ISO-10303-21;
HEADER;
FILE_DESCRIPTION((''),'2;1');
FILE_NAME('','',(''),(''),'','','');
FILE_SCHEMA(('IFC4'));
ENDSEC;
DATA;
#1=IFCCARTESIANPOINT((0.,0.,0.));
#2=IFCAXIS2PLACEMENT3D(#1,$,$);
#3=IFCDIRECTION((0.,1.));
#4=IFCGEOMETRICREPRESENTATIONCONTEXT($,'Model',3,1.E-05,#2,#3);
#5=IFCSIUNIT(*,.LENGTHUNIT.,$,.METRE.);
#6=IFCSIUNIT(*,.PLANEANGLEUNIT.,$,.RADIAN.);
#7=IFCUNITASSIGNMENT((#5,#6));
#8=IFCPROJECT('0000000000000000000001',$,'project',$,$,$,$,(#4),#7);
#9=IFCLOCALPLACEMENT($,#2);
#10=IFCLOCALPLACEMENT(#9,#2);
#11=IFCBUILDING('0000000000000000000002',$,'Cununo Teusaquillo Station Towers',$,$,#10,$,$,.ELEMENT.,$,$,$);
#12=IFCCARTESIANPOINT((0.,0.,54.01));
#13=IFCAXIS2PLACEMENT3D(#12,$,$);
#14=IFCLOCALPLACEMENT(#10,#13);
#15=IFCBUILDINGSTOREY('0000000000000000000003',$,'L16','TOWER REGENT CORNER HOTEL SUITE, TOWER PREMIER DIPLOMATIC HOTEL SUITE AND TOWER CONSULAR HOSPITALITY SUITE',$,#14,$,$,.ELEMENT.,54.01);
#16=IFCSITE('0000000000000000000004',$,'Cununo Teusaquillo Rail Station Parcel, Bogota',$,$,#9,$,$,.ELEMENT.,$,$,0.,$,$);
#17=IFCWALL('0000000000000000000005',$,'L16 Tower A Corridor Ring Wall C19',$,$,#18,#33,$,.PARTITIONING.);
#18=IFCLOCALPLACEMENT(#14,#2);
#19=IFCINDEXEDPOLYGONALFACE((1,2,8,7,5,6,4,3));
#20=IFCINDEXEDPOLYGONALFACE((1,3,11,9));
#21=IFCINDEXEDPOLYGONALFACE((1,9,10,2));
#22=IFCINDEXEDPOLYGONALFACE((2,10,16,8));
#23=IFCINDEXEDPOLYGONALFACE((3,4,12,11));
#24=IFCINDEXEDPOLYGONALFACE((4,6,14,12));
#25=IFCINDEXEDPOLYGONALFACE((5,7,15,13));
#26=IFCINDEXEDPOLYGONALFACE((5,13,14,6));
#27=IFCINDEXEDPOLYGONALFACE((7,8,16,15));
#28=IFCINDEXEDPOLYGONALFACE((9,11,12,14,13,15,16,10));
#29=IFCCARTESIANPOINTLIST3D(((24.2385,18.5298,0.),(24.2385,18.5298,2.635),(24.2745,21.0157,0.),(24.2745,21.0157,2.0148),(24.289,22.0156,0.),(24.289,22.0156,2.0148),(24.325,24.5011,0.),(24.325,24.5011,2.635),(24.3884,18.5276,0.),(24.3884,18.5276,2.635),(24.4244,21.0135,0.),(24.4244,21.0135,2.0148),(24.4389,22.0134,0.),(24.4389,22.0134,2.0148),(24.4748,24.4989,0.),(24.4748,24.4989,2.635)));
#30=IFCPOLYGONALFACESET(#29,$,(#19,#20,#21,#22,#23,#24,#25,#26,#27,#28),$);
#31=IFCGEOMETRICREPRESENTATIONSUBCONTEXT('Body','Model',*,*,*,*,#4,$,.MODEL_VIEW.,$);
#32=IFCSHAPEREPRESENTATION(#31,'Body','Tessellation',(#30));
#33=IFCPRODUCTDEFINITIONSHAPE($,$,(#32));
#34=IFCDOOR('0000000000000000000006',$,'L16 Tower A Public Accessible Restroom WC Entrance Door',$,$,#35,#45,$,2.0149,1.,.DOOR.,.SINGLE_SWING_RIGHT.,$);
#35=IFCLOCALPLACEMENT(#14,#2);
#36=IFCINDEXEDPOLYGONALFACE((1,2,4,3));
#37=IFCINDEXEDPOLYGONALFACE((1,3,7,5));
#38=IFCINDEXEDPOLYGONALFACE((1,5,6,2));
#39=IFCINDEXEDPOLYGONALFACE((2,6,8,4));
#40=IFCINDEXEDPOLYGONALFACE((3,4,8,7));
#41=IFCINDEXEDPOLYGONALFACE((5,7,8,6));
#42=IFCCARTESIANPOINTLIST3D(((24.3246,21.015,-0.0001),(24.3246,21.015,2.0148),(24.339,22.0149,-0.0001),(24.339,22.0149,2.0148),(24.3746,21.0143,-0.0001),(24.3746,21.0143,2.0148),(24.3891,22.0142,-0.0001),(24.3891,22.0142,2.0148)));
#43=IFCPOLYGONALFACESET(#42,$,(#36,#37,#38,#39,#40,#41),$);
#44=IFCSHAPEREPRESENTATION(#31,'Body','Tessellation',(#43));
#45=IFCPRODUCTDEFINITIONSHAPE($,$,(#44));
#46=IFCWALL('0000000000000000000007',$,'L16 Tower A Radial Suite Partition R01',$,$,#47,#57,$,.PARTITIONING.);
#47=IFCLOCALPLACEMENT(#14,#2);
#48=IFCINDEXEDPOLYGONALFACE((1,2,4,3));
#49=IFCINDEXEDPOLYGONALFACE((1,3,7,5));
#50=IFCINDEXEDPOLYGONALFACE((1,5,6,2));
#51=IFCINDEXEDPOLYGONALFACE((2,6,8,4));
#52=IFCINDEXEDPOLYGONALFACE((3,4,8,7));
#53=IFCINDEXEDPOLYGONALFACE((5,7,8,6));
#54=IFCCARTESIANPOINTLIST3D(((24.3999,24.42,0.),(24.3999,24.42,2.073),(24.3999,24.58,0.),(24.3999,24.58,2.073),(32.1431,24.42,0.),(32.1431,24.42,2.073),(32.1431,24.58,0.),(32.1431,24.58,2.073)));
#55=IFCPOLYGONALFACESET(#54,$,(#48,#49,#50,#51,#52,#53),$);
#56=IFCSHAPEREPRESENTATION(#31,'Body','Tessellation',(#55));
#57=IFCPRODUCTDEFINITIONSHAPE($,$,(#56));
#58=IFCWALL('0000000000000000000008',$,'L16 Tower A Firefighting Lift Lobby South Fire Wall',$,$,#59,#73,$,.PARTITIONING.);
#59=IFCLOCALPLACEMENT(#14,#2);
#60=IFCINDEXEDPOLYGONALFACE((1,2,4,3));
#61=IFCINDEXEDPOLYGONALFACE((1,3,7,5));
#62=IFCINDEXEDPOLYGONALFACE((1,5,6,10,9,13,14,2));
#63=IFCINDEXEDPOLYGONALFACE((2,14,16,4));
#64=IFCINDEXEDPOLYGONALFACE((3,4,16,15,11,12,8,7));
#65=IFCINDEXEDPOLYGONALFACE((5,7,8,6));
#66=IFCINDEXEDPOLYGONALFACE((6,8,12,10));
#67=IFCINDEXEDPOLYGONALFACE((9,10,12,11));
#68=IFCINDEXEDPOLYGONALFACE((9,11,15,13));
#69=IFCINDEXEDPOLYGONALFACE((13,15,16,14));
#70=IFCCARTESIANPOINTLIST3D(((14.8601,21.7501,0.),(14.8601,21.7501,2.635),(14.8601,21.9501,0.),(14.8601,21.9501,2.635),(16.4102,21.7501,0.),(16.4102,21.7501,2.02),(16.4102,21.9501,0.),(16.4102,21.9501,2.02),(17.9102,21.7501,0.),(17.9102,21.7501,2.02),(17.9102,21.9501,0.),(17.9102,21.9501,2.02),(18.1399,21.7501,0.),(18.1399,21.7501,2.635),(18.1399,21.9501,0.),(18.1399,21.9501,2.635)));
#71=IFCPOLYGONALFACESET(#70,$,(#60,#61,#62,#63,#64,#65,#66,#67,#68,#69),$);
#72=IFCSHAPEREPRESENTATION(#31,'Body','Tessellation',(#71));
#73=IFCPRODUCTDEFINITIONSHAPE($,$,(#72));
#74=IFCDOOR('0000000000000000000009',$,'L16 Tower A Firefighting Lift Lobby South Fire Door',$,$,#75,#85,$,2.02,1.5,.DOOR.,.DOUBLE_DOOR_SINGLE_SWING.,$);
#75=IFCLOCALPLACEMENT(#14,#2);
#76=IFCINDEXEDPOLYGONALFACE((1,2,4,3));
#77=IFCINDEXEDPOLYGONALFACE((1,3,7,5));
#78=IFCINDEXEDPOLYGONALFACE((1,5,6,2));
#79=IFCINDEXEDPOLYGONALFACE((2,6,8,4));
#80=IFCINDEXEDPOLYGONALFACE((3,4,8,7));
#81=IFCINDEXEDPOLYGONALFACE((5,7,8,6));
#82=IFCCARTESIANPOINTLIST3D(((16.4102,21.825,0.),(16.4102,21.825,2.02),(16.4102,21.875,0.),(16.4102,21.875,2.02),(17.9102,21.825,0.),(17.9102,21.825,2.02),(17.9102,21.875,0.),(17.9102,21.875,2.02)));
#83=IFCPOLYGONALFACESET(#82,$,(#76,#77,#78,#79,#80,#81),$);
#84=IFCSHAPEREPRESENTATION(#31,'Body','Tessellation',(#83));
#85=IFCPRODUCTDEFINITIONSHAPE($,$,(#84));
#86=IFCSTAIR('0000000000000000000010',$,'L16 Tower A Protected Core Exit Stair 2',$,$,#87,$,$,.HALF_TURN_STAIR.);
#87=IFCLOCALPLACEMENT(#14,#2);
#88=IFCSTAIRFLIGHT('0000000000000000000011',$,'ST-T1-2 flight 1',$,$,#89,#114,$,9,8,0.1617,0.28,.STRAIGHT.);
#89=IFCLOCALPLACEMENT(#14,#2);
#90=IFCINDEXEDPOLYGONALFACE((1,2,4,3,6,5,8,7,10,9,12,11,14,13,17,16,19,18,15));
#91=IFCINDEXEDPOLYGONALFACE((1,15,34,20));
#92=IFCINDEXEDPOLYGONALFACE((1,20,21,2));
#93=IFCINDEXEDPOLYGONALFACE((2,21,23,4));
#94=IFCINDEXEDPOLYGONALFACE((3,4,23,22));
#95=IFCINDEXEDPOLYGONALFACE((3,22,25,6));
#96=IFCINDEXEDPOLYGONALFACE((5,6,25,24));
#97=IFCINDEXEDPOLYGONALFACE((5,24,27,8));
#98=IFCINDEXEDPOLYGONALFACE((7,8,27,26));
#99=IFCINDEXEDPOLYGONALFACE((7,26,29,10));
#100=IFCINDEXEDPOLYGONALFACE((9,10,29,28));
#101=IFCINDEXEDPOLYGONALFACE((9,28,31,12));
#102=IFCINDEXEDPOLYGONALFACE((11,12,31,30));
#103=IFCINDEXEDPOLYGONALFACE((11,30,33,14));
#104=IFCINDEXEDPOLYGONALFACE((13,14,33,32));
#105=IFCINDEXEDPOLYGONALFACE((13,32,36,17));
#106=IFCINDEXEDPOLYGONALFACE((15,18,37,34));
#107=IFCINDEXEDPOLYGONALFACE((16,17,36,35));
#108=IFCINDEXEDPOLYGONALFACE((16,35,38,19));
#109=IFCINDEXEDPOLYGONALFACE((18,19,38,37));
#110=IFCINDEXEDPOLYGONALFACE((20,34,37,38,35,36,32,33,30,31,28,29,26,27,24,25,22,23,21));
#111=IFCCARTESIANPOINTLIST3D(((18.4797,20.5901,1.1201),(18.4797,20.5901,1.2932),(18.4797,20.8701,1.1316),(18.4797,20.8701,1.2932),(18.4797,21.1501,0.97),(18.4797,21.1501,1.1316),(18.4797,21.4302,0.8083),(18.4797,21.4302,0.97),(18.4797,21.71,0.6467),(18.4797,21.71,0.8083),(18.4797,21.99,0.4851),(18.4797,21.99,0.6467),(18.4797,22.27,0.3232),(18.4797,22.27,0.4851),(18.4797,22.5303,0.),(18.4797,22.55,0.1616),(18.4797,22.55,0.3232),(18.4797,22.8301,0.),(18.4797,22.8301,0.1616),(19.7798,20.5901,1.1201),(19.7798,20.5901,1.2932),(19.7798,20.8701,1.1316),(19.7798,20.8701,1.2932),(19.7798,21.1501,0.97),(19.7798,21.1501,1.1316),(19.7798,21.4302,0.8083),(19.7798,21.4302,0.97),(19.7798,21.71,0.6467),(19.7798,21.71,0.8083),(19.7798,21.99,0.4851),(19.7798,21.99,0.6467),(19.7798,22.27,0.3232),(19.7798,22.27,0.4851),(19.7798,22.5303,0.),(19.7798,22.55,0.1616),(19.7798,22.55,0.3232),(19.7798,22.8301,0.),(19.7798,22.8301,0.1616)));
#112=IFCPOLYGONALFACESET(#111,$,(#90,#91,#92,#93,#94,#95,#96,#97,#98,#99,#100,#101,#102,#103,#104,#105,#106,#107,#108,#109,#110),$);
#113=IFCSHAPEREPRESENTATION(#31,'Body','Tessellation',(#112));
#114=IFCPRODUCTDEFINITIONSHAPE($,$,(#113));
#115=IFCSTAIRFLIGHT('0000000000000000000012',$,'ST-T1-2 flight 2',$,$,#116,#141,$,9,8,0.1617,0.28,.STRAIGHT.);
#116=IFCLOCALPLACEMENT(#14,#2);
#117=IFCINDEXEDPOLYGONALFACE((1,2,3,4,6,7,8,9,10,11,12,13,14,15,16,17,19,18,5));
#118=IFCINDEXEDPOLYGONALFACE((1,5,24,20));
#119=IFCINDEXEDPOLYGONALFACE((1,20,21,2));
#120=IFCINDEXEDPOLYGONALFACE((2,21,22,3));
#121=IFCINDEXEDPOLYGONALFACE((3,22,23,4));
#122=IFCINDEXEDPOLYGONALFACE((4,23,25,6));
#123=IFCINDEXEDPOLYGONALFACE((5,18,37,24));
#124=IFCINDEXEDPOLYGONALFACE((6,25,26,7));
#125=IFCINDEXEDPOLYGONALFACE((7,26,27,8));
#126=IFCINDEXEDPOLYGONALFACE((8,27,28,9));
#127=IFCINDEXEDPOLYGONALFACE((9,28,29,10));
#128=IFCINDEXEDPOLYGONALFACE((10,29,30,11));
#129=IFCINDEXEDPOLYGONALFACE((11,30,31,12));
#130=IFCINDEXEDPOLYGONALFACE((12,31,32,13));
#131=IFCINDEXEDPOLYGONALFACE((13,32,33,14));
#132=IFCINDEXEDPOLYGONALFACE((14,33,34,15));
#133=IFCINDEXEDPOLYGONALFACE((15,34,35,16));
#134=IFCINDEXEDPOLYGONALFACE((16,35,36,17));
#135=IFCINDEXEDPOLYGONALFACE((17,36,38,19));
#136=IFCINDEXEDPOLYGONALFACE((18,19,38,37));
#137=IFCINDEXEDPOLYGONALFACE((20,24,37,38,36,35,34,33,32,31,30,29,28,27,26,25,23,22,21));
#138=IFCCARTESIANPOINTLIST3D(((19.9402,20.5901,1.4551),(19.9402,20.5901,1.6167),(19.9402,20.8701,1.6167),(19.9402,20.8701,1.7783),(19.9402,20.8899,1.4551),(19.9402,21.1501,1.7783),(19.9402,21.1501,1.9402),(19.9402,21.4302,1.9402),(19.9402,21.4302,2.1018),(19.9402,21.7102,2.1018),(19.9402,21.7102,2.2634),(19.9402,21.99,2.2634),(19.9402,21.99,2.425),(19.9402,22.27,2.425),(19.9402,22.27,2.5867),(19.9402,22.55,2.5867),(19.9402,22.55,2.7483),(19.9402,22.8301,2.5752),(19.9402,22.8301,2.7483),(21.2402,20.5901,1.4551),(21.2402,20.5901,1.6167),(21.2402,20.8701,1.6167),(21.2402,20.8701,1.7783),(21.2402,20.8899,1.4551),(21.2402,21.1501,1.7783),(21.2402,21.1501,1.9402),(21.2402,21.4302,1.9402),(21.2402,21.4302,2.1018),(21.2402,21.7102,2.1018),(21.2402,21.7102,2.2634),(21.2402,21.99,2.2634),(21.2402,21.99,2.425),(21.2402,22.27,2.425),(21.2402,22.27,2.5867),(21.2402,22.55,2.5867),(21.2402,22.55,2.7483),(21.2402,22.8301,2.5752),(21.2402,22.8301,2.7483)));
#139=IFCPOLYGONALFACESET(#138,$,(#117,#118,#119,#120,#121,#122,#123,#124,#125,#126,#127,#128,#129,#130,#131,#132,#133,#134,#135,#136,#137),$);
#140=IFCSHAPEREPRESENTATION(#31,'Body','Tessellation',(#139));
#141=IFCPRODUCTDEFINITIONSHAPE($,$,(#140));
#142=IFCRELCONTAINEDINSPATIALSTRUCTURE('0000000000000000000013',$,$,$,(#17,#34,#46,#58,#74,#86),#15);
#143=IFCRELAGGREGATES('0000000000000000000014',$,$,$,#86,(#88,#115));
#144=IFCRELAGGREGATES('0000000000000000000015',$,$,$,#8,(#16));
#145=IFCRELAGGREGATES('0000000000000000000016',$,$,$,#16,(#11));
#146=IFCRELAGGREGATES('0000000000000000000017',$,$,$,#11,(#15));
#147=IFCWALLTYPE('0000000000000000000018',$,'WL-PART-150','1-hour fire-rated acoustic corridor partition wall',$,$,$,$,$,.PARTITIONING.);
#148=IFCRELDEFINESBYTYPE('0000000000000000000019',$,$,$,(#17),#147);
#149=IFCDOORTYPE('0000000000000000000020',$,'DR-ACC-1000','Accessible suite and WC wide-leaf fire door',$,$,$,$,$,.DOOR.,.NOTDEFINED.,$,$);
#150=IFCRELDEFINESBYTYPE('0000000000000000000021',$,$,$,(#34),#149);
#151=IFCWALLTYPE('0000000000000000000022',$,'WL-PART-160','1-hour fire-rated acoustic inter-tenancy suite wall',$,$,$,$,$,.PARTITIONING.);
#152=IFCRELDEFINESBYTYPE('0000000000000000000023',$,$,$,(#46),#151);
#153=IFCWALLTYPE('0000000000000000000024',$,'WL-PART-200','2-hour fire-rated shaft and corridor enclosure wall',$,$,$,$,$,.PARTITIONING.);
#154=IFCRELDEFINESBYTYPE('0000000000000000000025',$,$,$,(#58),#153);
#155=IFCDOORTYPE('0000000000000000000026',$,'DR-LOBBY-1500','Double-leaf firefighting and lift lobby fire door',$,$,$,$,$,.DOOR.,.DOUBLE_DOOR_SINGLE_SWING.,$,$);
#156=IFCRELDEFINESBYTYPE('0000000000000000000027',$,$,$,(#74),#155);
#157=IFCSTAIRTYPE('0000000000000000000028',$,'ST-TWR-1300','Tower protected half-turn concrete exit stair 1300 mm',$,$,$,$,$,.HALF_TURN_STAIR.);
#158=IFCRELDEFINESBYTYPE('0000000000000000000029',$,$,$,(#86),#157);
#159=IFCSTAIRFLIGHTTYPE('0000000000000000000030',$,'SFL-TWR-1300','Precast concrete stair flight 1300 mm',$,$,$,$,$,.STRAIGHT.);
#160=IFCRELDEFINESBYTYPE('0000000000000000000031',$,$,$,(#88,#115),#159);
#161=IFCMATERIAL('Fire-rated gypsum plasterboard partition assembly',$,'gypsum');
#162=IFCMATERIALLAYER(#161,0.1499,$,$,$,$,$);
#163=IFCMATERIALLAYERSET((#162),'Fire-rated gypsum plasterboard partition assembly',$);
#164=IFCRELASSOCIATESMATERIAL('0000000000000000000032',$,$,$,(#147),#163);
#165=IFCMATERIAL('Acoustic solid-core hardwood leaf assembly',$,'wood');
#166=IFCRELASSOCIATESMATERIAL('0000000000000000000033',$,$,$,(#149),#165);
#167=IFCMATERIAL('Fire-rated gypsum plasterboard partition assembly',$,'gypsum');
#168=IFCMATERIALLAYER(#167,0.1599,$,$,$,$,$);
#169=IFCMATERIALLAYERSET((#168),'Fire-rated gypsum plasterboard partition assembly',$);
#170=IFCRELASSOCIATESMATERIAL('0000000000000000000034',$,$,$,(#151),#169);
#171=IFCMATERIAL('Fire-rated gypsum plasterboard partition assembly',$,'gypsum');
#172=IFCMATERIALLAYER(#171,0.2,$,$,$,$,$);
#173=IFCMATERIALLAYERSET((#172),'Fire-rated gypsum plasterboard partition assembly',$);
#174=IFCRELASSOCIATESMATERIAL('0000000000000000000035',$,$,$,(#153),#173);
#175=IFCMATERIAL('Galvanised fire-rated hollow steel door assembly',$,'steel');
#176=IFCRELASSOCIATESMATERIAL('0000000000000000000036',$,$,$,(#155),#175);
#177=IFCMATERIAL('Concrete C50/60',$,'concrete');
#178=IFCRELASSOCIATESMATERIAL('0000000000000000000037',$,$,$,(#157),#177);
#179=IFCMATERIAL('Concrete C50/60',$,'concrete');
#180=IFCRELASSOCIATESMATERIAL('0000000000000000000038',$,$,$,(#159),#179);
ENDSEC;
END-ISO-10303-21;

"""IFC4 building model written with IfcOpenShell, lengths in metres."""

from ifc_helpers import new_model, si_unit, direction, frame, frame_2d, origin, place, context, subcontext, project, spatial, polyline, rectangle, outline, extrude, source, transform, mapped, material, layer, layer_set, type_object, element, fill, aggregate, save


model = new_model("IFC4")

# Units and contexts
model_context = context("Model", 3, precision=1e-05, world=origin(), true_north=direction((0.0, 1.0)))
body_context = subcontext(model_context, "Body", "Model", "MODEL_VIEW")
ifc_project = project(units=[si_unit("LENGTHUNIT", "METRE"), si_unit("PLANEANGLEUNIT", "RADIAN")], contexts=[model_context])

# Site, building, storey
site_placement = place(None, origin())
site = spatial("IfcSite", under=ifc_project, at=site_placement, Name="Cununo Teusaquillo Rail Station Parcel, Bogota", CompositionType="ELEMENT", RefElevation=0.0)
building_placement = place(site_placement, origin())
building = spatial("IfcBuilding", under=site, at=building_placement, Name="Cununo Teusaquillo Station Towers", CompositionType="ELEMENT")
storey_placement = place(building_placement, frame((0.0, 0.0, 54.01)))
storey = spatial("IfcBuildingStorey", under=building, at=storey_placement, Name="L16", Description="TOWER REGENT CORNER HOTEL SUITE, TOWER PREMIER DIPLOMATIC HOTEL SUITE AND TOWER CONSULAR HOSPITALITY SUITE", CompositionType="ELEMENT", Elevation=54.01)

# Wall, opening, door
ifc_material_1 = material(Name="Fire-rated gypsum plasterboard partition assembly", Category="gypsum")
ifc_layer_1 = layer(ifc_material_1, 0.1499)
ifc_layer_set_1 = layer_set([ifc_layer_1], Name="Fire-rated gypsum plasterboard partition assembly")
wall_type_1 = type_object("IfcWallType", Name="WL-PART-150", Description="1-hour fire-rated acoustic corridor partition wall", PredefinedType="PARTITIONING", material=ifc_layer_set_1)
wall_1_placement = place(storey_placement, frame((24.3135, 18.5288, 0.0), z_axis=(0.0, 0.0, 1.0), x_axis=(0.014472, 0.999895, 0.0)))
wall_1 = element("IfcWall", 1, at=wall_1_placement, inside=storey, type_object=wall_type_1, Name="L16 Tower A Corridor Ring Wall C19", PredefinedType="PARTITIONING", context=body_context, shape_type="SweptSolid", body=[
    extrude(rectangle(XDim=5.9719, YDim=0.1499, at=frame_2d((2.9858, 0.0))), origin(), (0.0, 0.0, 1.0), 2.635),
])
shared_shape_1 = source(origin(), body_context, "Body", "SweptSolid", [
    extrude(rectangle(XDim=1.0, YDim=2.0149, at=frame_2d((0.5, 1.0073))), frame((0.0, 0.085, 0.0), z_axis=(0.0, -1.0, 0.0), x_axis=(1.0, 0.0, 0.0)), (0.0, 0.0, 1.0), 0.1699),
])
opening_1_placement = place(wall_1_placement, frame((2.4861, 0.0, 0.0)))
opening_1 = element("IfcOpeningElement", 2, at=opening_1_placement, cuts=wall_1, PredefinedType="OPENING", context=body_context, shape_type="MappedRepresentation", body=[
    mapped(shared_shape_1, transform((0.0, 0.0, 0.0), x_axis=(1.0, 0.0, 0.0), y_axis=(0.0, 1.0, 0.0), z_axis=(0.0, 0.0, 1.0), scale=1.0)),
])
ifc_material_2 = material(Name="Acoustic solid-core hardwood leaf assembly", Category="wood")
door_type_1 = type_object("IfcDoorType", Name="DR-ACC-1000", Description="Accessible suite and WC wide-leaf fire door", OperationType="NOTDEFINED", PredefinedType="DOOR", material=ifc_material_2)
shared_shape_2 = source(origin(), body_context, "Body", "SweptSolid", [
    extrude(rectangle(XDim=1.0, YDim=2.0149, at=frame_2d((0.5, 1.0073))), frame((0.0, 0.0249, 0.0), z_axis=(0.0, -1.0, 0.0), x_axis=(1.0, 0.0, 0.0)), (0.0, 0.0, 1.0), 0.05),
])
door_1_placement = place(opening_1_placement, origin())
door_1 = element("IfcDoor", 3, at=door_1_placement, inside=storey, type_object=door_type_1, Name="L16 Tower A Public Accessible Restroom WC Entrance Door", OperationType="SINGLE_SWING_RIGHT", OverallHeight=2.0149, OverallWidth=1.0, PredefinedType="DOOR", context=body_context, shape_type="MappedRepresentation", body=[
    mapped(shared_shape_2, transform((0.0, 0.0, 0.0), x_axis=(1.0, 0.0, 0.0), y_axis=(0.0, 1.0, 0.0), z_axis=(0.0, 0.0, 1.0), scale=1.0)),
])
fill(opening_1, door_1)

# Wall
ifc_material_3 = material(Name="Fire-rated gypsum plasterboard partition assembly", Category="gypsum")
ifc_layer_2 = layer(ifc_material_3, 0.1599)
ifc_layer_set_2 = layer_set([ifc_layer_2], Name="Fire-rated gypsum plasterboard partition assembly")
wall_type_2 = type_object("IfcWallType", Name="WL-PART-160", Description="1-hour fire-rated acoustic inter-tenancy suite wall", PredefinedType="PARTITIONING", material=ifc_layer_set_2)
wall_2_placement = place(storey_placement, frame((24.3999, 24.5, 0.0), z_axis=(0.0, 0.0, 1.0), x_axis=(1.0, 0.0, 0.0)))
element("IfcWall", 4, at=wall_2_placement, inside=storey, type_object=wall_type_2, Name="L16 Tower A Radial Suite Partition R01", PredefinedType="PARTITIONING", context=body_context, shape_type="SweptSolid", body=[
    extrude(rectangle(XDim=7.7432, YDim=0.1599, at=frame_2d((3.8716, 0.0))), origin(), (0.0, 0.0, 1.0), 2.073),
])

# Wall, opening, door
ifc_material_4 = material(Name="Fire-rated gypsum plasterboard partition assembly", Category="gypsum")
ifc_layer_3 = layer(ifc_material_4, 0.2)
ifc_layer_set_3 = layer_set([ifc_layer_3], Name="Fire-rated gypsum plasterboard partition assembly")
wall_type_3 = type_object("IfcWallType", Name="WL-PART-200", Description="2-hour fire-rated shaft and corridor enclosure wall", PredefinedType="PARTITIONING", material=ifc_layer_set_3)
wall_3_placement = place(storey_placement, frame((14.8601, 21.8501, 0.0), z_axis=(0.0, 0.0, 1.0), x_axis=(1.0, 0.0, 0.0)))
wall_3 = element("IfcWall", 5, at=wall_3_placement, inside=storey, type_object=wall_type_3, Name="L16 Tower A Firefighting Lift Lobby South Fire Wall", PredefinedType="PARTITIONING", context=body_context, shape_type="SweptSolid", body=[
    extrude(rectangle(XDim=3.2798, YDim=0.2, at=frame_2d((1.6399, 0.0))), origin(), (0.0, 0.0, 1.0), 2.635),
])
shared_shape_3 = source(origin(), body_context, "Body", "SweptSolid", [
    extrude(rectangle(XDim=1.5, YDim=2.02, at=frame_2d((0.75, 1.01))), frame((0.0, 0.1099, 0.0), z_axis=(0.0, -1.0, 0.0), x_axis=(1.0, 0.0, 0.0)), (0.0, 0.0, 1.0), 0.22),
])
opening_2_placement = place(wall_3_placement, frame((1.55, 0.0, 0.0)))
opening_2 = element("IfcOpeningElement", 6, at=opening_2_placement, cuts=wall_3, PredefinedType="OPENING", context=body_context, shape_type="MappedRepresentation", body=[
    mapped(shared_shape_3, transform((0.0, 0.0, 0.0), x_axis=(1.0, 0.0, 0.0), y_axis=(0.0, 1.0, 0.0), z_axis=(0.0, 0.0, 1.0), scale=1.0)),
])
ifc_material_5 = material(Name="Galvanised fire-rated hollow steel door assembly", Category="steel")
door_type_2 = type_object("IfcDoorType", Name="DR-LOBBY-1500", Description="Double-leaf firefighting and lift lobby fire door", OperationType="DOUBLE_DOOR_SINGLE_SWING", PredefinedType="DOOR", material=ifc_material_5)
shared_shape_4 = source(origin(), body_context, "Body", "SweptSolid", [
    extrude(rectangle(XDim=1.5, YDim=2.02, at=frame_2d((0.75, 1.01))), frame((0.0, 0.0249, 0.0), z_axis=(0.0, -1.0, 0.0), x_axis=(1.0, 0.0, 0.0)), (0.0, 0.0, 1.0), 0.05),
])
door_2_placement = place(opening_2_placement, origin())
door_2 = element("IfcDoor", 7, at=door_2_placement, inside=storey, type_object=door_type_2, Name="L16 Tower A Firefighting Lift Lobby South Fire Door", OperationType="DOUBLE_DOOR_SINGLE_SWING", OverallHeight=2.02, OverallWidth=1.5, PredefinedType="DOOR", context=body_context, shape_type="MappedRepresentation", body=[
    mapped(shared_shape_4, transform((0.0, 0.0, 0.0), x_axis=(1.0, 0.0, 0.0), y_axis=(0.0, 1.0, 0.0), z_axis=(0.0, 0.0, 1.0), scale=1.0)),
])
fill(opening_2, door_2)

# Stair, stair flights
ifc_material_6 = material(Name="Concrete C50/60", Category="concrete")
stair_type = type_object("IfcStairType", Name="ST-TWR-1300", Description="Tower protected half-turn concrete exit stair 1300 mm", PredefinedType="HALF_TURN_STAIR", material=ifc_material_6)
stair_placement = place(storey_placement, origin())
stair = element("IfcStair", 8, at=stair_placement, inside=storey, type_object=stair_type, Name="L16 Tower A Protected Core Exit Stair 2", PredefinedType="HALF_TURN_STAIR")
ifc_material_7 = material(Name="Concrete C50/60", Category="concrete")
stair_flight_type = type_object("IfcStairFlightType", Name="SFL-TWR-1300", Description="Precast concrete stair flight 1300 mm", PredefinedType="STRAIGHT", material=ifc_material_7)
stair_flight_1_placement = place(storey_placement, frame((19.1299, 22.8301, 0.0), z_axis=(0.0, 0.0, 1.0), x_axis=(0.0, -1.0, 0.0)))
stair_flight_1 = element("IfcStairFlight", 9, at=stair_flight_1_placement, type_object=stair_flight_type, Name="ST-T1-2 flight 1", NumberOfRisers=9, NumberOfTreads=8, PredefinedType="STRAIGHT", RiserHeight=0.1617, TreadLength=0.28, context=body_context, shape_type="SweptSolid", body=[
    extrude(outline(polyline([(0.0, 0.0), (0.0, 0.1616), (0.28, 0.1616), (0.28, 0.3232), (0.5601, 0.3232), (0.5601, 0.4851), (0.8401, 0.4851), (0.8401, 0.6467), (1.1201, 0.6467), (1.1201, 0.8083), (1.3999, 0.8083), (1.3999, 0.97), (1.6799, 0.97), (1.6799, 1.1316), (1.96, 1.1316), (1.96, 1.2932), (2.24, 1.2932), (2.24, 1.4551), (2.24, 1.1201), (0.2998, 0.0), (0.0, 0.0)])), frame((0.0, 0.6499, 0.0), z_axis=(0.0, -1.0, 0.0), x_axis=(1.0, 0.0, 0.0)), (0.0, 0.0, 1.0), 1.3),
])
stair_flight_2_placement = place(storey_placement, frame((20.5901, 20.5901, 1.4551), z_axis=(0.0, 0.0, 1.0), x_axis=(0.0, 1.0, 0.0)))
stair_flight_2 = element("IfcStairFlight", 10, at=stair_flight_2_placement, type_object=stair_flight_type, Name="ST-T1-2 flight 2", NumberOfRisers=9, NumberOfTreads=8, PredefinedType="STRAIGHT", RiserHeight=0.1617, TreadLength=0.28, context=body_context, shape_type="SweptSolid", body=[
    extrude(outline(polyline([(0.0, 0.0), (0.0, 0.1616), (0.28, 0.1616), (0.28, 0.3232), (0.5601, 0.3232), (0.5601, 0.4851), (0.8401, 0.4851), (0.8401, 0.6467), (1.1201, 0.6467), (1.1201, 0.8083), (1.3999, 0.8083), (1.3999, 0.97), (1.6799, 0.97), (1.6799, 1.1316), (1.96, 1.1316), (1.96, 1.2932), (2.24, 1.2932), (2.24, 1.4551), (2.24, 1.1201), (0.2998, 0.0), (0.0, 0.0)])), frame((0.0, 0.6499, 0.0), z_axis=(0.0, -1.0, 0.0), x_axis=(1.0, 0.0, 0.0)), (0.0, 0.0, 1.0), 1.3),
])
aggregate(stair, [stair_flight_1, stair_flight_2])

save(model, "model.ifc")
